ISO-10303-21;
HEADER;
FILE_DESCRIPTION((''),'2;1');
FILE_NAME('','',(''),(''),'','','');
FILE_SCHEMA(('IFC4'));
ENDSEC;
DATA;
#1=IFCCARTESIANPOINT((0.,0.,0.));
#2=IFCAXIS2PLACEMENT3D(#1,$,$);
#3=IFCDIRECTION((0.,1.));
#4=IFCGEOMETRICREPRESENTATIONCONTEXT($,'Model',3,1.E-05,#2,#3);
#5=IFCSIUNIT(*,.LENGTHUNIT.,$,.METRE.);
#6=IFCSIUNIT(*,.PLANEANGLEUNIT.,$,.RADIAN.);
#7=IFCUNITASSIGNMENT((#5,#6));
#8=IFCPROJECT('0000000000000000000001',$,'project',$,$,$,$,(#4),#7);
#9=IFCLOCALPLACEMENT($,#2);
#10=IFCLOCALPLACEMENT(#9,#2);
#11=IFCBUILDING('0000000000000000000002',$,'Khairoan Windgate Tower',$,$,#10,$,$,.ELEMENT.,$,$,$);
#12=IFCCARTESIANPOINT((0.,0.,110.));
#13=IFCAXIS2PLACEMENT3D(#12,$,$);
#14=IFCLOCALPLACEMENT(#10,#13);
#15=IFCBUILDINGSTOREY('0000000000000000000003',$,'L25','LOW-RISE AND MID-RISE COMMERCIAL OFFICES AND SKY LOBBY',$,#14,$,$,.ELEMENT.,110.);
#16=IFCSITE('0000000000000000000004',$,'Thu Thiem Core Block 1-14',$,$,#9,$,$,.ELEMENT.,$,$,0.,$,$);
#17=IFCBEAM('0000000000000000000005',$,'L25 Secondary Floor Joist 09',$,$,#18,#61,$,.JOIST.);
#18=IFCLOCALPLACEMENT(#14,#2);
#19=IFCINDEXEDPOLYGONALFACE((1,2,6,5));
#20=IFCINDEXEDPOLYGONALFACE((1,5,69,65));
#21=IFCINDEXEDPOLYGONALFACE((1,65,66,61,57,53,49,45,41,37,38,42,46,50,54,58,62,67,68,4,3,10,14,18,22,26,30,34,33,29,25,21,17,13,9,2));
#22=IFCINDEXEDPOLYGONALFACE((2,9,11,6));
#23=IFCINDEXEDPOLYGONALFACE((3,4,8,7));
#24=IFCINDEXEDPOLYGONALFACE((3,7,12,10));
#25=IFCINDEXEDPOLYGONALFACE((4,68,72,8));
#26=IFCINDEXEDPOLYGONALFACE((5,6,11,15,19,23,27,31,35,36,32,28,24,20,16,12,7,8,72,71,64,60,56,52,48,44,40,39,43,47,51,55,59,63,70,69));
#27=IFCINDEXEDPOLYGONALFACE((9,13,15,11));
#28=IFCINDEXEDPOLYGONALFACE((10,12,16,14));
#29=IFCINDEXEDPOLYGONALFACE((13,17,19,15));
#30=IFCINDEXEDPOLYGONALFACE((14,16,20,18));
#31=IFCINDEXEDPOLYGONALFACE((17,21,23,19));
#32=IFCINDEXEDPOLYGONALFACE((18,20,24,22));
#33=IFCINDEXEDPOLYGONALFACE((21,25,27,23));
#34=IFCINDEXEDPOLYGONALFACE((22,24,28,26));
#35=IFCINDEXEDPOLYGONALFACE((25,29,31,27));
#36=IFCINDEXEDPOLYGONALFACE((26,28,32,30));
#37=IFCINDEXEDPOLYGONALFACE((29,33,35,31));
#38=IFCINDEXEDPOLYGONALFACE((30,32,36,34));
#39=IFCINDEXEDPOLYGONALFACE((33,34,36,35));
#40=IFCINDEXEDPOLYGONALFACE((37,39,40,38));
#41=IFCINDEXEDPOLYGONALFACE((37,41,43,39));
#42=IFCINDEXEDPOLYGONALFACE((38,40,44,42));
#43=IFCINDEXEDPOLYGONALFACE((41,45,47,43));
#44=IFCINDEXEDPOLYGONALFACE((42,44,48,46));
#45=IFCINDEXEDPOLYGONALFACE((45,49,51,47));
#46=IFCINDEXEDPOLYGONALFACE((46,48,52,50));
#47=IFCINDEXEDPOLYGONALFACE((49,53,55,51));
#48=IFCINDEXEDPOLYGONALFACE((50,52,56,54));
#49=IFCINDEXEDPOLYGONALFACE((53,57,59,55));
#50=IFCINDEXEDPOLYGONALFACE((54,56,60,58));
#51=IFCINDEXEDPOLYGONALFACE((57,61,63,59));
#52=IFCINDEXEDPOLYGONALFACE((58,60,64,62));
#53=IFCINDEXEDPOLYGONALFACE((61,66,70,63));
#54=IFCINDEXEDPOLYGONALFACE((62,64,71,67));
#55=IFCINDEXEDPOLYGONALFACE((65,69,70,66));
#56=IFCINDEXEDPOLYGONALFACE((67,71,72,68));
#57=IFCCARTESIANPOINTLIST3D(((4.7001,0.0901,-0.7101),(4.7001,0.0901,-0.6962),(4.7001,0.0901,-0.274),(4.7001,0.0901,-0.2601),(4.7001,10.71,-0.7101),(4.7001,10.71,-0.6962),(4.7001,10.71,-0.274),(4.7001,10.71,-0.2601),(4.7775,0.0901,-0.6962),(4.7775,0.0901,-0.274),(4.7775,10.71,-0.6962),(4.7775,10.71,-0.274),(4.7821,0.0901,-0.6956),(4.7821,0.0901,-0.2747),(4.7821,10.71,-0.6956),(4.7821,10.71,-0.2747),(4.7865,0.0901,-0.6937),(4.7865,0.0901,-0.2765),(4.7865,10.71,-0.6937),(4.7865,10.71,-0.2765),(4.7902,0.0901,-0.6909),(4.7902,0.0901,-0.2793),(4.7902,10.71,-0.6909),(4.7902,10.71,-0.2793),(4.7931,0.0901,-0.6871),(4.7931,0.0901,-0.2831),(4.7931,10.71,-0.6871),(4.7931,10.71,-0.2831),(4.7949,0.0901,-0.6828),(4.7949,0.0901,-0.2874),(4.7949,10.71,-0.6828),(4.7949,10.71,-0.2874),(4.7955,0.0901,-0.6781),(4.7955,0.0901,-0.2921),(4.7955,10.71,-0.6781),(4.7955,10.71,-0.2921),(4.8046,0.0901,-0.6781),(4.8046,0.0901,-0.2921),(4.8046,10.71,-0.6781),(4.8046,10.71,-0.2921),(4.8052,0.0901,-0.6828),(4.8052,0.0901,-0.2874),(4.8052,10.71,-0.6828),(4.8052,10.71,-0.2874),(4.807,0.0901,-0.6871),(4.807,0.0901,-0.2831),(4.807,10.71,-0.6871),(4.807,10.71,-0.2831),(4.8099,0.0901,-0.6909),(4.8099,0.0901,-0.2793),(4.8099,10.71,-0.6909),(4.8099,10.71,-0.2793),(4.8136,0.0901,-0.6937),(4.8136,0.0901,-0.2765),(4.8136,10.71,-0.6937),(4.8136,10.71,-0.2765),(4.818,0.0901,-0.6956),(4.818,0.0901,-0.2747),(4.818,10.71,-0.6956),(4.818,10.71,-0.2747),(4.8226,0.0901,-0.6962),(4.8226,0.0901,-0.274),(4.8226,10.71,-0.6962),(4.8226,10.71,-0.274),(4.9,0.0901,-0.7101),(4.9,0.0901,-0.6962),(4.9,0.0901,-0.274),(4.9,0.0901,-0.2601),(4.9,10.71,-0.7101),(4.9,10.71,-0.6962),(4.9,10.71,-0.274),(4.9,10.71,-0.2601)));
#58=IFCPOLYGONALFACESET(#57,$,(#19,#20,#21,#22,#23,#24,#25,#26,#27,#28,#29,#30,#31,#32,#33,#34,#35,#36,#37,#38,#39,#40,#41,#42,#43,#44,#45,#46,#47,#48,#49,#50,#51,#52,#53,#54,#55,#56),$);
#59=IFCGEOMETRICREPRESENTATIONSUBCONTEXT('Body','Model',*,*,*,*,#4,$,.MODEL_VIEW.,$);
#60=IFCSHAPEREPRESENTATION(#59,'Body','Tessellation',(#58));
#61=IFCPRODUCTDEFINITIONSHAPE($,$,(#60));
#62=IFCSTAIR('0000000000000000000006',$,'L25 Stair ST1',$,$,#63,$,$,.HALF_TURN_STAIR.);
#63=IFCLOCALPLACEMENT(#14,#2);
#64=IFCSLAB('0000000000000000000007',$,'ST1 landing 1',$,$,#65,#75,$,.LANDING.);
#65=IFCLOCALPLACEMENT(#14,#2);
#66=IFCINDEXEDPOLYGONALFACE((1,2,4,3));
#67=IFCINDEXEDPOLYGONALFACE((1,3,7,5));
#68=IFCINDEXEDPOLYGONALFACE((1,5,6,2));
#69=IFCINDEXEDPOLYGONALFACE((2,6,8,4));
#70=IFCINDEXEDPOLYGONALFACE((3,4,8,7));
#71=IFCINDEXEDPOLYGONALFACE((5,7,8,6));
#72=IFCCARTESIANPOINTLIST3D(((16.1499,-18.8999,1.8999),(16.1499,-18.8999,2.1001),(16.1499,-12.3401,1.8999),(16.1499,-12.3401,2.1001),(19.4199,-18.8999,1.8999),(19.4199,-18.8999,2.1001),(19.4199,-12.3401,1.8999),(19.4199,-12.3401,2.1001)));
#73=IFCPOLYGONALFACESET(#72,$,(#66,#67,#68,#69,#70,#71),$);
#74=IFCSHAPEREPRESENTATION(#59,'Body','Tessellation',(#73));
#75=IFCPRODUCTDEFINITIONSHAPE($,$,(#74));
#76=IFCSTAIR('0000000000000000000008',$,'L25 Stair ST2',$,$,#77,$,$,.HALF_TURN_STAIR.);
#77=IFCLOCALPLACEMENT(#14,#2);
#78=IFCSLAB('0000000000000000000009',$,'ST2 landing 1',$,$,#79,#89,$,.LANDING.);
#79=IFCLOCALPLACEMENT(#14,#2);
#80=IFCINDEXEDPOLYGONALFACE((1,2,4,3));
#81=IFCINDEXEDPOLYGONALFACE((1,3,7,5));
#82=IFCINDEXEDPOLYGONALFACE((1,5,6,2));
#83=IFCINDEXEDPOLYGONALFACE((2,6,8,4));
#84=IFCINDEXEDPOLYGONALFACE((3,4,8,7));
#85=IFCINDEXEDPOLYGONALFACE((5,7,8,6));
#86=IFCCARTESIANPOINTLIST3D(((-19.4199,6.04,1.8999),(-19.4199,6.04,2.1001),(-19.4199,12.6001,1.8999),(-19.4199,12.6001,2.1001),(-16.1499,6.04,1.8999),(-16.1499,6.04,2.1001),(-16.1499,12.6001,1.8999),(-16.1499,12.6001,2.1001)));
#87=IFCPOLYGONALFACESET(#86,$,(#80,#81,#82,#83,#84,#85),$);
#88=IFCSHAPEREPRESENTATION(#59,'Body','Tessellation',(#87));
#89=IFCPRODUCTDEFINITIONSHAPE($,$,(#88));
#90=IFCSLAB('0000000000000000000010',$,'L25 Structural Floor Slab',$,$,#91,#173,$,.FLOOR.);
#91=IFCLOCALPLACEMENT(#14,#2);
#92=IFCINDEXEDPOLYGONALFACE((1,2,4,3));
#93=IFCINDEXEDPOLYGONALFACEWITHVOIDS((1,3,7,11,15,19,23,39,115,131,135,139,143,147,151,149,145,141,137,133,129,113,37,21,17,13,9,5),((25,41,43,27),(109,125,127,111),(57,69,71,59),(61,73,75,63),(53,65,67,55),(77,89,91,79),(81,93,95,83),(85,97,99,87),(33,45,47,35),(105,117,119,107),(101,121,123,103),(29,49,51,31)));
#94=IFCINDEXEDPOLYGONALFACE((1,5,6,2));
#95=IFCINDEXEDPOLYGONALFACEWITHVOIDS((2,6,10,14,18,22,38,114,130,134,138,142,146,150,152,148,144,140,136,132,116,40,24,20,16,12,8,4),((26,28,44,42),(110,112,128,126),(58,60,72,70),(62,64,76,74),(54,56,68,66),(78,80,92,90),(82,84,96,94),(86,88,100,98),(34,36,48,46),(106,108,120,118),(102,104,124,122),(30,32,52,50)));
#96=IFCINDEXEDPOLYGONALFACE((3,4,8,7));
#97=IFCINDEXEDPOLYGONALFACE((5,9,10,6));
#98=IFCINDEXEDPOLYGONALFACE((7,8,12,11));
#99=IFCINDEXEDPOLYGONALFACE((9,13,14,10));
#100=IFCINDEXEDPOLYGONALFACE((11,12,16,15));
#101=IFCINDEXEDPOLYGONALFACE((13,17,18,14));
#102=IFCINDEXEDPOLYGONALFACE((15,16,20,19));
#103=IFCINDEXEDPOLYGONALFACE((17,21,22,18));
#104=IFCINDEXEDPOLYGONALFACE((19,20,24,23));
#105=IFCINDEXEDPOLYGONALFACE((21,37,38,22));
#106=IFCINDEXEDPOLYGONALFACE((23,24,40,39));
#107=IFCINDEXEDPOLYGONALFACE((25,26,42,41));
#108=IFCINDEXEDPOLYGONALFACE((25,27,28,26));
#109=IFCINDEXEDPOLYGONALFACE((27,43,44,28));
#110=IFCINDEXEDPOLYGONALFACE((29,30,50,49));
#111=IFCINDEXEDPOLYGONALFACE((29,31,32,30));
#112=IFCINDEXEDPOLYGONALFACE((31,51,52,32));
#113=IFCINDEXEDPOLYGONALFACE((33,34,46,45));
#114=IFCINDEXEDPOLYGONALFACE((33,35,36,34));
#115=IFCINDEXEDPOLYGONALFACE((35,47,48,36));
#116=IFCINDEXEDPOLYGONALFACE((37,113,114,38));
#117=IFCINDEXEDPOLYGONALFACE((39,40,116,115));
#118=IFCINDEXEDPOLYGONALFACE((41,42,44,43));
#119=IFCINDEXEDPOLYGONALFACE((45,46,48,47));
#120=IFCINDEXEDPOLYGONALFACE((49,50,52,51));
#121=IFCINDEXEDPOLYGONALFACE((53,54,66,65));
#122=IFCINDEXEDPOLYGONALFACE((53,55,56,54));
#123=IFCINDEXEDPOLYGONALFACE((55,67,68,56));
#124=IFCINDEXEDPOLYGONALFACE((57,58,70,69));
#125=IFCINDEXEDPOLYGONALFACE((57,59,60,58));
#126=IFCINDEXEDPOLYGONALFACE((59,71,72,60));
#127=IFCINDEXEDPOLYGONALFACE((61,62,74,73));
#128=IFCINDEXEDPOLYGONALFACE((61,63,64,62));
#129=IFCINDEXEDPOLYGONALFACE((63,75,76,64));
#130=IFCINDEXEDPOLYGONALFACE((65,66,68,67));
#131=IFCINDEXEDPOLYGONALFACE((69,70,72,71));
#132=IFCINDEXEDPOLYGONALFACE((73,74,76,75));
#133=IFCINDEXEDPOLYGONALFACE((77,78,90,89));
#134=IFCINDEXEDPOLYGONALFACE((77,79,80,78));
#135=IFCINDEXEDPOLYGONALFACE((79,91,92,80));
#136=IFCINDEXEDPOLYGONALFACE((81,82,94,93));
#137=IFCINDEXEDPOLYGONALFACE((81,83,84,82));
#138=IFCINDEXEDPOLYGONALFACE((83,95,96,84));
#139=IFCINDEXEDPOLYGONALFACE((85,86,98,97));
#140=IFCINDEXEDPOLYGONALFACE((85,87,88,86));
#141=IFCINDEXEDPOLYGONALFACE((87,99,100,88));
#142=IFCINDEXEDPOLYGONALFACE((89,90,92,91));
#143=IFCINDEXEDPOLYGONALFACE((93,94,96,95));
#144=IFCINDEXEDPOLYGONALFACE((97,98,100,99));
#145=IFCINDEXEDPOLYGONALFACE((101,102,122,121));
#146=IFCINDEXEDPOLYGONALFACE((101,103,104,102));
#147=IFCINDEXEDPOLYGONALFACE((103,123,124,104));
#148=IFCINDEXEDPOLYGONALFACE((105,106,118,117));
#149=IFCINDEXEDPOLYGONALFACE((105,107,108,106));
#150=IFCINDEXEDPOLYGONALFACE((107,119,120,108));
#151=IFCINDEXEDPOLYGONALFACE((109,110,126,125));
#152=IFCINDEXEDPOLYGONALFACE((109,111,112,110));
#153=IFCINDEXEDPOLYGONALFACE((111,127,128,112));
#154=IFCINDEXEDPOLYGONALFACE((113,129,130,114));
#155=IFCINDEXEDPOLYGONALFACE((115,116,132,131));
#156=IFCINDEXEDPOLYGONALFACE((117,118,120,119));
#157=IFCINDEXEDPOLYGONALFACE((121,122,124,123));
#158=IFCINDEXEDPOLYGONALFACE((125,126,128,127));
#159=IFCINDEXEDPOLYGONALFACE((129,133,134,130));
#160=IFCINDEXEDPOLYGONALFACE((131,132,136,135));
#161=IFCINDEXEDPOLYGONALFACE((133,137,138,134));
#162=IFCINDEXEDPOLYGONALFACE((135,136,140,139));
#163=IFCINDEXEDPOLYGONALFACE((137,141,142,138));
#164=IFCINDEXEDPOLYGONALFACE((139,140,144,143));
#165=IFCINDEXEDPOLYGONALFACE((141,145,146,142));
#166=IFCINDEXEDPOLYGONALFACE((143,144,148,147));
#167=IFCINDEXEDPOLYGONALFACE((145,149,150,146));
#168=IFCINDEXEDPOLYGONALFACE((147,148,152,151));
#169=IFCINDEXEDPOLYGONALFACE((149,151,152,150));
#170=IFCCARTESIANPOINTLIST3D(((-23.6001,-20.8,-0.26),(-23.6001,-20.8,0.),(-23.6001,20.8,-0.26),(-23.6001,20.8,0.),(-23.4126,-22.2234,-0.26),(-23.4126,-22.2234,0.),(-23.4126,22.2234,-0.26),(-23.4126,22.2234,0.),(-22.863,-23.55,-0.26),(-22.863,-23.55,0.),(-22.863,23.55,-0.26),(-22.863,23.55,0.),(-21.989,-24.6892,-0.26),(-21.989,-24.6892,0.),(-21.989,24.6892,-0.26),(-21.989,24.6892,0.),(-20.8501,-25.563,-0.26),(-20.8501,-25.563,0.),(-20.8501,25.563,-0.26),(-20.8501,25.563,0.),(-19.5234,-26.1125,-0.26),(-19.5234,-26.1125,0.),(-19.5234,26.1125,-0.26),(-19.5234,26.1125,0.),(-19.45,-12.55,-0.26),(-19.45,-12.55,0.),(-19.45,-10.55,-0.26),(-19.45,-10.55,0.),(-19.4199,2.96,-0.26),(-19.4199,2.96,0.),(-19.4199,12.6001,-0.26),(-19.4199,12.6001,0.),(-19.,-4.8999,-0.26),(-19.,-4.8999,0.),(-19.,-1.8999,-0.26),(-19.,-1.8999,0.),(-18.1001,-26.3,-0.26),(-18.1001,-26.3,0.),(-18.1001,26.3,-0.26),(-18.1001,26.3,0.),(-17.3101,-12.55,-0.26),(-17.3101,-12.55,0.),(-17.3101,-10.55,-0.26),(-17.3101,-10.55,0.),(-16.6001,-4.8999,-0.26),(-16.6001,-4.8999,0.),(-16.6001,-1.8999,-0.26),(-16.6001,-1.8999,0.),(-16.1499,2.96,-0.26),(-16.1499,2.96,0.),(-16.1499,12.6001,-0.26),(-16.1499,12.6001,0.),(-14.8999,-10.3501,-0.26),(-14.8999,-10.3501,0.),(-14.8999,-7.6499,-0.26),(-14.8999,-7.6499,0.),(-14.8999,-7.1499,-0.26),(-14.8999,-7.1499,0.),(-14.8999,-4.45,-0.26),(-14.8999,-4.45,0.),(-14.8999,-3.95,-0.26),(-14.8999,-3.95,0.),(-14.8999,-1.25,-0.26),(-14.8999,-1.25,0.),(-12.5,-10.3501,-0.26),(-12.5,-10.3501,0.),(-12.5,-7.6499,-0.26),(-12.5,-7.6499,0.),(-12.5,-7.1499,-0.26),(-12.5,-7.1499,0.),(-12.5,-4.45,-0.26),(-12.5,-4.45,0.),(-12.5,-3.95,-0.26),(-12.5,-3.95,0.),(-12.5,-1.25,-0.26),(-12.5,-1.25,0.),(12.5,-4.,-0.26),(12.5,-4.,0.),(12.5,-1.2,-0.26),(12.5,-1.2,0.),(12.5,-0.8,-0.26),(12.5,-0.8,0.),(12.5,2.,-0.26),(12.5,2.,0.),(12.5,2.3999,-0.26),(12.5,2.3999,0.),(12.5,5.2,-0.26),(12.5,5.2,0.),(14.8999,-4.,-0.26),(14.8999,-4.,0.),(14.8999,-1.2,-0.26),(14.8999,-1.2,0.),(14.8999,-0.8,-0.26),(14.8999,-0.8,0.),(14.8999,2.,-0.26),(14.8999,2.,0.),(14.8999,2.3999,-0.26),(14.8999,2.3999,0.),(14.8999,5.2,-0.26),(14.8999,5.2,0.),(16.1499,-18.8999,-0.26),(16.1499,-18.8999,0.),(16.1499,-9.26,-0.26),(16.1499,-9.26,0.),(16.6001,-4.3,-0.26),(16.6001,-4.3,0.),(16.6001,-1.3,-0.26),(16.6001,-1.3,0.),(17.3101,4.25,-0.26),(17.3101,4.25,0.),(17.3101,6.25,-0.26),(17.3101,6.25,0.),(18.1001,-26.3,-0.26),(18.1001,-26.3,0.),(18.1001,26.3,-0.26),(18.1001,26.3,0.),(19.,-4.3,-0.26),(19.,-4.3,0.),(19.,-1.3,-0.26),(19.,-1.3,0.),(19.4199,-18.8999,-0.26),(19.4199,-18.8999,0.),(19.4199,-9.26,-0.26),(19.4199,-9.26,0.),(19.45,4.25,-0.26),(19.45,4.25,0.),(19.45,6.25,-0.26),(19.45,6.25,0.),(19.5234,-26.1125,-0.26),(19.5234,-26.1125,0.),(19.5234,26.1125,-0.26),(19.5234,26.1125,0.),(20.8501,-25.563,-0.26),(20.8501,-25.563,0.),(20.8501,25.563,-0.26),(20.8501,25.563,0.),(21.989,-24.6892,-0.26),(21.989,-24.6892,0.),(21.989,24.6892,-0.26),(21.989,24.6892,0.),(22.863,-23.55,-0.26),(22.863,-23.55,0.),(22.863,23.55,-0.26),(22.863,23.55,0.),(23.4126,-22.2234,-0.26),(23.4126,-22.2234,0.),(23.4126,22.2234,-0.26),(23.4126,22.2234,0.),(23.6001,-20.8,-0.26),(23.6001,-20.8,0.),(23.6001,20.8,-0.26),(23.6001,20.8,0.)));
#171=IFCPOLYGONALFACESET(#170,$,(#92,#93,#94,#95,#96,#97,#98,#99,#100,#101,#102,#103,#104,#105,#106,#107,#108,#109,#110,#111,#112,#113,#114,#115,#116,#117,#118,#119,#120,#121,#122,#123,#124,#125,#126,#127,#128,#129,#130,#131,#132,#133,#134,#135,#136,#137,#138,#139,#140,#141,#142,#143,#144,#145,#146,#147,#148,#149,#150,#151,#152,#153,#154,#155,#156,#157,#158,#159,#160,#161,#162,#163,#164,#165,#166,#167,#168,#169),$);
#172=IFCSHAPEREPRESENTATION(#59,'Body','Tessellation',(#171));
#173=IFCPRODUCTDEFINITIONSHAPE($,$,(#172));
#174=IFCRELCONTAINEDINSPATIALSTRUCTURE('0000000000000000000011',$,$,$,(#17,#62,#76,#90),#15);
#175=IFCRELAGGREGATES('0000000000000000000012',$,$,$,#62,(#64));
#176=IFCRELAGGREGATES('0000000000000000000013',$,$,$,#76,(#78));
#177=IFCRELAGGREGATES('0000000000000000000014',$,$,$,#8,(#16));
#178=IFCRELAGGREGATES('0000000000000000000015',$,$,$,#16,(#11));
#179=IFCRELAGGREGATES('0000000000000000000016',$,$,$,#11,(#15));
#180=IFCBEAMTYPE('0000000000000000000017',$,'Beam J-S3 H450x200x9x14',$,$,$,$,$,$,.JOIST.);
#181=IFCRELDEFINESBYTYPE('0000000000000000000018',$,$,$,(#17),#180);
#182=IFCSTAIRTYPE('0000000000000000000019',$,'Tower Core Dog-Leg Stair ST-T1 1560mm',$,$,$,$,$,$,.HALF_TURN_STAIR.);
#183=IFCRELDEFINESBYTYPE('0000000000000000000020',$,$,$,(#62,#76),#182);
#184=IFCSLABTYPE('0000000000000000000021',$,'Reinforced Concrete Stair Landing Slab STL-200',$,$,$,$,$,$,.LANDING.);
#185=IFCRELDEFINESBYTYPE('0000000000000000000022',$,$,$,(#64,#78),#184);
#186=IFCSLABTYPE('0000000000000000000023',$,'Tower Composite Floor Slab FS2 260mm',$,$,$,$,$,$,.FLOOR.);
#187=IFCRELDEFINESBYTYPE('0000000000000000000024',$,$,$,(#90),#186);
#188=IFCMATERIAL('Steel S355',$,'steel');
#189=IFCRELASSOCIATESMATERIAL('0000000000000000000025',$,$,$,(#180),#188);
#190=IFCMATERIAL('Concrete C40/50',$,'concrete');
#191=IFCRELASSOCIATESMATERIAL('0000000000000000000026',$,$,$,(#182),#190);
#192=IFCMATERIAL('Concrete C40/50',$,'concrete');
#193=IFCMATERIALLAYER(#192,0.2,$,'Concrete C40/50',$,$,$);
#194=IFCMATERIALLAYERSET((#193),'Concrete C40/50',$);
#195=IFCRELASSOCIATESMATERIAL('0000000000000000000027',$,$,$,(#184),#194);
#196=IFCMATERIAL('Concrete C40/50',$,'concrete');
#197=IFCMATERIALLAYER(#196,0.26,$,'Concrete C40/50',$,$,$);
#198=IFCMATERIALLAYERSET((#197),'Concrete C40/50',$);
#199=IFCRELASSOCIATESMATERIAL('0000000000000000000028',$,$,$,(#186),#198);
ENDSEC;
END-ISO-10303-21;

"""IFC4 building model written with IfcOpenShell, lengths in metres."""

from ifc_helpers import new_model, si_unit, direction, frame, origin, origin_2d, place, context, subcontext, project, spatial, polyline, i_section, outline, extrude, material, layer, layer_set, material_profile, profile_set, type_object, element, aggregate, save


model = new_model("IFC4")

# Units and contexts
model_context = context("Model", 3, precision=1e-05, world=origin(), true_north=direction((0.0, 1.0)))
body_context = subcontext(model_context, "Body", "Model", "MODEL_VIEW")
ifc_project = project(units=[si_unit("LENGTHUNIT", "METRE"), si_unit("PLANEANGLEUNIT", "RADIAN")], contexts=[model_context])

# Site, building, storey
site_placement = place(None, origin())
site = spatial("IfcSite", under=ifc_project, at=site_placement, Name="Thu Thiem Core Block 1-14", CompositionType="ELEMENT", RefElevation=0.0)
building_placement = place(site_placement, origin())
building = spatial("IfcBuilding", under=site, at=building_placement, Name="Khairoan Windgate Tower", CompositionType="ELEMENT")
storey_placement = place(building_placement, frame((0.0, 0.0, 110.0)))
storey = spatial("IfcBuildingStorey", under=building, at=storey_placement, Name="L25", Description="LOW-RISE AND MID-RISE COMMERCIAL OFFICES AND SKY LOBBY", CompositionType="ELEMENT", Elevation=110.0)

# Beam
ifc_material_1 = material(Name="Steel S355", Category="steel")
ifc_material_profile_1 = material_profile(ifc_material_1, i_section(OverallWidth=0.2, OverallDepth=0.45, WebThickness=0.009, FlangeThickness=0.0139, FilletRadius=0.0181, at=origin_2d()))
ifc_profile_set_1 = profile_set([ifc_material_profile_1], Name="Steel S355")
beam_type_1 = type_object("IfcBeamType", Name="Beam J-S3 H450x200x9x14", PredefinedType="JOIST", material=ifc_profile_set_1)
for number, where, z_axis, x_axis, name in (
    (1, (4.8, 0.0901, -0.4851), (0.0, 1.0, 0.0), (-1.0, 0.0, 0.0), "L25 Secondary Floor Joist 09"),
):
    element("IfcBeam", number, at=place(storey_placement, frame(where, z_axis=z_axis, x_axis=x_axis)), inside=storey, type_object=beam_type_1, Name=name, PredefinedType="JOIST", context=body_context, shape_type="SweptSolid", body=[
        extrude(i_section(OverallWidth=0.2, OverallDepth=0.45, WebThickness=0.009, FlangeThickness=0.0139, FilletRadius=0.0181, at=origin_2d()), origin(), (0.0, 0.0, 1.0), 10.6199),
    ])

# Stairs, slabs
ifc_material_2 = material(Name="Concrete C40/50", Category="concrete")
stair_type = type_object("IfcStairType", Name="Tower Core Dog-Leg Stair ST-T1 1560mm", PredefinedType="HALF_TURN_STAIR", material=ifc_material_2)
stair_1_placement = place(storey_placement, origin())
stair_1 = element("IfcStair", 2, at=stair_1_placement, inside=storey, type_object=stair_type, Name="L25 Stair ST1", PredefinedType="HALF_TURN_STAIR")
ifc_material_3 = material(Name="Concrete C40/50", Category="concrete")
ifc_layer_1 = layer(ifc_material_3, 0.2, Name="Concrete C40/50")
ifc_layer_set_1 = layer_set([ifc_layer_1], Name="Concrete C40/50")
slab_type_1 = type_object("IfcSlabType", Name="Reinforced Concrete Stair Landing Slab STL-200", PredefinedType="LANDING", material=ifc_layer_set_1)
slab_1_placement = place(storey_placement, frame((0.0, 0.0, 1.8999)))
slab_1 = element("IfcSlab", 3, at=slab_1_placement, type_object=slab_type_1, Name="ST1 landing 1", PredefinedType="LANDING", context=body_context, shape_type="SweptSolid", body=[
    extrude(outline(polyline([(16.1499, -12.3401), (16.1499, -18.8999), (19.4199, -18.8999), (19.4199, -12.3401), (16.1499, -12.3401)])), origin(), (0.0, 0.0, 1.0), 0.2002),
])
aggregate(stair_1, [slab_1])
stair_2_placement = place(storey_placement, origin())
stair_2 = element("IfcStair", 4, at=stair_2_placement, inside=storey, type_object=stair_type, Name="L25 Stair ST2", PredefinedType="HALF_TURN_STAIR")
slab_2_placement = place(storey_placement, frame((0.0, 0.0, 1.8999)))
slab_2 = element("IfcSlab", 5, at=slab_2_placement, type_object=slab_type_1, Name="ST2 landing 1", PredefinedType="LANDING", context=body_context, shape_type="SweptSolid", body=[
    extrude(outline(polyline([(-16.1499, 6.04), (-16.1499, 12.6001), (-19.4199, 12.6001), (-19.4199, 6.04), (-16.1499, 6.04)])), origin(), (0.0, 0.0, 1.0), 0.2002),
])
aggregate(stair_2, [slab_2])

# Slab
ifc_material_4 = material(Name="Concrete C40/50", Category="concrete")
ifc_layer_2 = layer(ifc_material_4, 0.26, Name="Concrete C40/50")
ifc_layer_set_2 = layer_set([ifc_layer_2], Name="Concrete C40/50")
slab_type_2 = type_object("IfcSlabType", Name="Tower Composite Floor Slab FS2 260mm", PredefinedType="FLOOR", material=ifc_layer_set_2)
slab_3_placement = place(storey_placement, frame((0.0, 0.0, -0.26)))
element("IfcSlab", 6, at=slab_3_placement, inside=storey, type_object=slab_type_2, Name="L25 Structural Floor Slab", PredefinedType="FLOOR", context=body_context, shape_type="SweptSolid", body=[
    extrude(outline(polyline([(18.1001, -26.3), (19.5234, -26.1125), (20.8501, -25.563), (21.989, -24.6892), (22.863, -23.55), (23.4126, -22.2234), (23.6001, -20.8), (23.6001, 20.8), (23.4126, 22.2234), (22.863, 23.55), (21.989, 24.6892), (20.8501, 25.563), (19.5234, 26.1125), (18.1001, 26.3), (-18.1001, 26.3), (-19.5234, 26.1125), (-20.8501, 25.563), (-21.989, 24.6892), (-22.863, 23.55), (-23.4126, 22.2234), (-23.6001, 20.8), (-23.6001, -20.8), (-23.4126, -22.2234), (-22.863, -23.55), (-21.989, -24.6892), (-20.8501, -25.563), (-19.5234, -26.1125), (-18.1001, -26.3), (18.1001, -26.3)]), holes=[polyline([(16.1499, -9.26), (16.1499, -18.8999), (19.4199, -18.8999), (19.4199, -9.26), (16.1499, -9.26)]), polyline([(-16.1499, 2.96), (-16.1499, 12.6001), (-19.4199, 12.6001), (-19.4199, 2.96), (-16.1499, 2.96)]), polyline([(-14.8999, -3.95), (-12.5, -3.95), (-12.5, -1.25), (-14.8999, -1.25), (-14.8999, -3.95)]), polyline([(-14.8999, -7.1499), (-12.5, -7.1499), (-12.5, -4.45), (-14.8999, -4.45), (-14.8999, -7.1499)]), polyline([(-14.8999, -10.3501), (-12.5, -10.3501), (-12.5, -7.6499), (-14.8999, -7.6499), (-14.8999, -10.3501)]), polyline([(12.5, 2.3999), (14.8999, 2.3999), (14.8999, 5.2), (12.5, 5.2), (12.5, 2.3999)]), polyline([(12.5, -0.8), (14.8999, -0.8), (14.8999, 2.0), (12.5, 2.0), (12.5, -0.8)]), polyline([(12.5, -4.0), (14.8999, -4.0), (14.8999, -1.2), (12.5, -1.2), (12.5, -4.0)]), polyline([(16.6001, -4.3), (19.0, -4.3), (19.0, -1.3), (16.6001, -1.3), (16.6001, -4.3)]), polyline([(-19.0, -4.8999), (-16.6001, -4.8999), (-16.6001, -1.8999), (-19.0, -1.8999), (-19.0, -4.8999)]), polyline([(-19.45, -12.55), (-17.3101, -12.55), (-17.3101, -10.55), (-19.45, -10.55), (-19.45, -12.55)]), polyline([(17.3101, 4.25), (19.45, 4.25), (19.45, 6.25), (17.3101, 6.25), (17.3101, 4.25)])]), origin(), (0.0, 0.0, 1.0), 0.26),
])

save(model, "model.ifc")
